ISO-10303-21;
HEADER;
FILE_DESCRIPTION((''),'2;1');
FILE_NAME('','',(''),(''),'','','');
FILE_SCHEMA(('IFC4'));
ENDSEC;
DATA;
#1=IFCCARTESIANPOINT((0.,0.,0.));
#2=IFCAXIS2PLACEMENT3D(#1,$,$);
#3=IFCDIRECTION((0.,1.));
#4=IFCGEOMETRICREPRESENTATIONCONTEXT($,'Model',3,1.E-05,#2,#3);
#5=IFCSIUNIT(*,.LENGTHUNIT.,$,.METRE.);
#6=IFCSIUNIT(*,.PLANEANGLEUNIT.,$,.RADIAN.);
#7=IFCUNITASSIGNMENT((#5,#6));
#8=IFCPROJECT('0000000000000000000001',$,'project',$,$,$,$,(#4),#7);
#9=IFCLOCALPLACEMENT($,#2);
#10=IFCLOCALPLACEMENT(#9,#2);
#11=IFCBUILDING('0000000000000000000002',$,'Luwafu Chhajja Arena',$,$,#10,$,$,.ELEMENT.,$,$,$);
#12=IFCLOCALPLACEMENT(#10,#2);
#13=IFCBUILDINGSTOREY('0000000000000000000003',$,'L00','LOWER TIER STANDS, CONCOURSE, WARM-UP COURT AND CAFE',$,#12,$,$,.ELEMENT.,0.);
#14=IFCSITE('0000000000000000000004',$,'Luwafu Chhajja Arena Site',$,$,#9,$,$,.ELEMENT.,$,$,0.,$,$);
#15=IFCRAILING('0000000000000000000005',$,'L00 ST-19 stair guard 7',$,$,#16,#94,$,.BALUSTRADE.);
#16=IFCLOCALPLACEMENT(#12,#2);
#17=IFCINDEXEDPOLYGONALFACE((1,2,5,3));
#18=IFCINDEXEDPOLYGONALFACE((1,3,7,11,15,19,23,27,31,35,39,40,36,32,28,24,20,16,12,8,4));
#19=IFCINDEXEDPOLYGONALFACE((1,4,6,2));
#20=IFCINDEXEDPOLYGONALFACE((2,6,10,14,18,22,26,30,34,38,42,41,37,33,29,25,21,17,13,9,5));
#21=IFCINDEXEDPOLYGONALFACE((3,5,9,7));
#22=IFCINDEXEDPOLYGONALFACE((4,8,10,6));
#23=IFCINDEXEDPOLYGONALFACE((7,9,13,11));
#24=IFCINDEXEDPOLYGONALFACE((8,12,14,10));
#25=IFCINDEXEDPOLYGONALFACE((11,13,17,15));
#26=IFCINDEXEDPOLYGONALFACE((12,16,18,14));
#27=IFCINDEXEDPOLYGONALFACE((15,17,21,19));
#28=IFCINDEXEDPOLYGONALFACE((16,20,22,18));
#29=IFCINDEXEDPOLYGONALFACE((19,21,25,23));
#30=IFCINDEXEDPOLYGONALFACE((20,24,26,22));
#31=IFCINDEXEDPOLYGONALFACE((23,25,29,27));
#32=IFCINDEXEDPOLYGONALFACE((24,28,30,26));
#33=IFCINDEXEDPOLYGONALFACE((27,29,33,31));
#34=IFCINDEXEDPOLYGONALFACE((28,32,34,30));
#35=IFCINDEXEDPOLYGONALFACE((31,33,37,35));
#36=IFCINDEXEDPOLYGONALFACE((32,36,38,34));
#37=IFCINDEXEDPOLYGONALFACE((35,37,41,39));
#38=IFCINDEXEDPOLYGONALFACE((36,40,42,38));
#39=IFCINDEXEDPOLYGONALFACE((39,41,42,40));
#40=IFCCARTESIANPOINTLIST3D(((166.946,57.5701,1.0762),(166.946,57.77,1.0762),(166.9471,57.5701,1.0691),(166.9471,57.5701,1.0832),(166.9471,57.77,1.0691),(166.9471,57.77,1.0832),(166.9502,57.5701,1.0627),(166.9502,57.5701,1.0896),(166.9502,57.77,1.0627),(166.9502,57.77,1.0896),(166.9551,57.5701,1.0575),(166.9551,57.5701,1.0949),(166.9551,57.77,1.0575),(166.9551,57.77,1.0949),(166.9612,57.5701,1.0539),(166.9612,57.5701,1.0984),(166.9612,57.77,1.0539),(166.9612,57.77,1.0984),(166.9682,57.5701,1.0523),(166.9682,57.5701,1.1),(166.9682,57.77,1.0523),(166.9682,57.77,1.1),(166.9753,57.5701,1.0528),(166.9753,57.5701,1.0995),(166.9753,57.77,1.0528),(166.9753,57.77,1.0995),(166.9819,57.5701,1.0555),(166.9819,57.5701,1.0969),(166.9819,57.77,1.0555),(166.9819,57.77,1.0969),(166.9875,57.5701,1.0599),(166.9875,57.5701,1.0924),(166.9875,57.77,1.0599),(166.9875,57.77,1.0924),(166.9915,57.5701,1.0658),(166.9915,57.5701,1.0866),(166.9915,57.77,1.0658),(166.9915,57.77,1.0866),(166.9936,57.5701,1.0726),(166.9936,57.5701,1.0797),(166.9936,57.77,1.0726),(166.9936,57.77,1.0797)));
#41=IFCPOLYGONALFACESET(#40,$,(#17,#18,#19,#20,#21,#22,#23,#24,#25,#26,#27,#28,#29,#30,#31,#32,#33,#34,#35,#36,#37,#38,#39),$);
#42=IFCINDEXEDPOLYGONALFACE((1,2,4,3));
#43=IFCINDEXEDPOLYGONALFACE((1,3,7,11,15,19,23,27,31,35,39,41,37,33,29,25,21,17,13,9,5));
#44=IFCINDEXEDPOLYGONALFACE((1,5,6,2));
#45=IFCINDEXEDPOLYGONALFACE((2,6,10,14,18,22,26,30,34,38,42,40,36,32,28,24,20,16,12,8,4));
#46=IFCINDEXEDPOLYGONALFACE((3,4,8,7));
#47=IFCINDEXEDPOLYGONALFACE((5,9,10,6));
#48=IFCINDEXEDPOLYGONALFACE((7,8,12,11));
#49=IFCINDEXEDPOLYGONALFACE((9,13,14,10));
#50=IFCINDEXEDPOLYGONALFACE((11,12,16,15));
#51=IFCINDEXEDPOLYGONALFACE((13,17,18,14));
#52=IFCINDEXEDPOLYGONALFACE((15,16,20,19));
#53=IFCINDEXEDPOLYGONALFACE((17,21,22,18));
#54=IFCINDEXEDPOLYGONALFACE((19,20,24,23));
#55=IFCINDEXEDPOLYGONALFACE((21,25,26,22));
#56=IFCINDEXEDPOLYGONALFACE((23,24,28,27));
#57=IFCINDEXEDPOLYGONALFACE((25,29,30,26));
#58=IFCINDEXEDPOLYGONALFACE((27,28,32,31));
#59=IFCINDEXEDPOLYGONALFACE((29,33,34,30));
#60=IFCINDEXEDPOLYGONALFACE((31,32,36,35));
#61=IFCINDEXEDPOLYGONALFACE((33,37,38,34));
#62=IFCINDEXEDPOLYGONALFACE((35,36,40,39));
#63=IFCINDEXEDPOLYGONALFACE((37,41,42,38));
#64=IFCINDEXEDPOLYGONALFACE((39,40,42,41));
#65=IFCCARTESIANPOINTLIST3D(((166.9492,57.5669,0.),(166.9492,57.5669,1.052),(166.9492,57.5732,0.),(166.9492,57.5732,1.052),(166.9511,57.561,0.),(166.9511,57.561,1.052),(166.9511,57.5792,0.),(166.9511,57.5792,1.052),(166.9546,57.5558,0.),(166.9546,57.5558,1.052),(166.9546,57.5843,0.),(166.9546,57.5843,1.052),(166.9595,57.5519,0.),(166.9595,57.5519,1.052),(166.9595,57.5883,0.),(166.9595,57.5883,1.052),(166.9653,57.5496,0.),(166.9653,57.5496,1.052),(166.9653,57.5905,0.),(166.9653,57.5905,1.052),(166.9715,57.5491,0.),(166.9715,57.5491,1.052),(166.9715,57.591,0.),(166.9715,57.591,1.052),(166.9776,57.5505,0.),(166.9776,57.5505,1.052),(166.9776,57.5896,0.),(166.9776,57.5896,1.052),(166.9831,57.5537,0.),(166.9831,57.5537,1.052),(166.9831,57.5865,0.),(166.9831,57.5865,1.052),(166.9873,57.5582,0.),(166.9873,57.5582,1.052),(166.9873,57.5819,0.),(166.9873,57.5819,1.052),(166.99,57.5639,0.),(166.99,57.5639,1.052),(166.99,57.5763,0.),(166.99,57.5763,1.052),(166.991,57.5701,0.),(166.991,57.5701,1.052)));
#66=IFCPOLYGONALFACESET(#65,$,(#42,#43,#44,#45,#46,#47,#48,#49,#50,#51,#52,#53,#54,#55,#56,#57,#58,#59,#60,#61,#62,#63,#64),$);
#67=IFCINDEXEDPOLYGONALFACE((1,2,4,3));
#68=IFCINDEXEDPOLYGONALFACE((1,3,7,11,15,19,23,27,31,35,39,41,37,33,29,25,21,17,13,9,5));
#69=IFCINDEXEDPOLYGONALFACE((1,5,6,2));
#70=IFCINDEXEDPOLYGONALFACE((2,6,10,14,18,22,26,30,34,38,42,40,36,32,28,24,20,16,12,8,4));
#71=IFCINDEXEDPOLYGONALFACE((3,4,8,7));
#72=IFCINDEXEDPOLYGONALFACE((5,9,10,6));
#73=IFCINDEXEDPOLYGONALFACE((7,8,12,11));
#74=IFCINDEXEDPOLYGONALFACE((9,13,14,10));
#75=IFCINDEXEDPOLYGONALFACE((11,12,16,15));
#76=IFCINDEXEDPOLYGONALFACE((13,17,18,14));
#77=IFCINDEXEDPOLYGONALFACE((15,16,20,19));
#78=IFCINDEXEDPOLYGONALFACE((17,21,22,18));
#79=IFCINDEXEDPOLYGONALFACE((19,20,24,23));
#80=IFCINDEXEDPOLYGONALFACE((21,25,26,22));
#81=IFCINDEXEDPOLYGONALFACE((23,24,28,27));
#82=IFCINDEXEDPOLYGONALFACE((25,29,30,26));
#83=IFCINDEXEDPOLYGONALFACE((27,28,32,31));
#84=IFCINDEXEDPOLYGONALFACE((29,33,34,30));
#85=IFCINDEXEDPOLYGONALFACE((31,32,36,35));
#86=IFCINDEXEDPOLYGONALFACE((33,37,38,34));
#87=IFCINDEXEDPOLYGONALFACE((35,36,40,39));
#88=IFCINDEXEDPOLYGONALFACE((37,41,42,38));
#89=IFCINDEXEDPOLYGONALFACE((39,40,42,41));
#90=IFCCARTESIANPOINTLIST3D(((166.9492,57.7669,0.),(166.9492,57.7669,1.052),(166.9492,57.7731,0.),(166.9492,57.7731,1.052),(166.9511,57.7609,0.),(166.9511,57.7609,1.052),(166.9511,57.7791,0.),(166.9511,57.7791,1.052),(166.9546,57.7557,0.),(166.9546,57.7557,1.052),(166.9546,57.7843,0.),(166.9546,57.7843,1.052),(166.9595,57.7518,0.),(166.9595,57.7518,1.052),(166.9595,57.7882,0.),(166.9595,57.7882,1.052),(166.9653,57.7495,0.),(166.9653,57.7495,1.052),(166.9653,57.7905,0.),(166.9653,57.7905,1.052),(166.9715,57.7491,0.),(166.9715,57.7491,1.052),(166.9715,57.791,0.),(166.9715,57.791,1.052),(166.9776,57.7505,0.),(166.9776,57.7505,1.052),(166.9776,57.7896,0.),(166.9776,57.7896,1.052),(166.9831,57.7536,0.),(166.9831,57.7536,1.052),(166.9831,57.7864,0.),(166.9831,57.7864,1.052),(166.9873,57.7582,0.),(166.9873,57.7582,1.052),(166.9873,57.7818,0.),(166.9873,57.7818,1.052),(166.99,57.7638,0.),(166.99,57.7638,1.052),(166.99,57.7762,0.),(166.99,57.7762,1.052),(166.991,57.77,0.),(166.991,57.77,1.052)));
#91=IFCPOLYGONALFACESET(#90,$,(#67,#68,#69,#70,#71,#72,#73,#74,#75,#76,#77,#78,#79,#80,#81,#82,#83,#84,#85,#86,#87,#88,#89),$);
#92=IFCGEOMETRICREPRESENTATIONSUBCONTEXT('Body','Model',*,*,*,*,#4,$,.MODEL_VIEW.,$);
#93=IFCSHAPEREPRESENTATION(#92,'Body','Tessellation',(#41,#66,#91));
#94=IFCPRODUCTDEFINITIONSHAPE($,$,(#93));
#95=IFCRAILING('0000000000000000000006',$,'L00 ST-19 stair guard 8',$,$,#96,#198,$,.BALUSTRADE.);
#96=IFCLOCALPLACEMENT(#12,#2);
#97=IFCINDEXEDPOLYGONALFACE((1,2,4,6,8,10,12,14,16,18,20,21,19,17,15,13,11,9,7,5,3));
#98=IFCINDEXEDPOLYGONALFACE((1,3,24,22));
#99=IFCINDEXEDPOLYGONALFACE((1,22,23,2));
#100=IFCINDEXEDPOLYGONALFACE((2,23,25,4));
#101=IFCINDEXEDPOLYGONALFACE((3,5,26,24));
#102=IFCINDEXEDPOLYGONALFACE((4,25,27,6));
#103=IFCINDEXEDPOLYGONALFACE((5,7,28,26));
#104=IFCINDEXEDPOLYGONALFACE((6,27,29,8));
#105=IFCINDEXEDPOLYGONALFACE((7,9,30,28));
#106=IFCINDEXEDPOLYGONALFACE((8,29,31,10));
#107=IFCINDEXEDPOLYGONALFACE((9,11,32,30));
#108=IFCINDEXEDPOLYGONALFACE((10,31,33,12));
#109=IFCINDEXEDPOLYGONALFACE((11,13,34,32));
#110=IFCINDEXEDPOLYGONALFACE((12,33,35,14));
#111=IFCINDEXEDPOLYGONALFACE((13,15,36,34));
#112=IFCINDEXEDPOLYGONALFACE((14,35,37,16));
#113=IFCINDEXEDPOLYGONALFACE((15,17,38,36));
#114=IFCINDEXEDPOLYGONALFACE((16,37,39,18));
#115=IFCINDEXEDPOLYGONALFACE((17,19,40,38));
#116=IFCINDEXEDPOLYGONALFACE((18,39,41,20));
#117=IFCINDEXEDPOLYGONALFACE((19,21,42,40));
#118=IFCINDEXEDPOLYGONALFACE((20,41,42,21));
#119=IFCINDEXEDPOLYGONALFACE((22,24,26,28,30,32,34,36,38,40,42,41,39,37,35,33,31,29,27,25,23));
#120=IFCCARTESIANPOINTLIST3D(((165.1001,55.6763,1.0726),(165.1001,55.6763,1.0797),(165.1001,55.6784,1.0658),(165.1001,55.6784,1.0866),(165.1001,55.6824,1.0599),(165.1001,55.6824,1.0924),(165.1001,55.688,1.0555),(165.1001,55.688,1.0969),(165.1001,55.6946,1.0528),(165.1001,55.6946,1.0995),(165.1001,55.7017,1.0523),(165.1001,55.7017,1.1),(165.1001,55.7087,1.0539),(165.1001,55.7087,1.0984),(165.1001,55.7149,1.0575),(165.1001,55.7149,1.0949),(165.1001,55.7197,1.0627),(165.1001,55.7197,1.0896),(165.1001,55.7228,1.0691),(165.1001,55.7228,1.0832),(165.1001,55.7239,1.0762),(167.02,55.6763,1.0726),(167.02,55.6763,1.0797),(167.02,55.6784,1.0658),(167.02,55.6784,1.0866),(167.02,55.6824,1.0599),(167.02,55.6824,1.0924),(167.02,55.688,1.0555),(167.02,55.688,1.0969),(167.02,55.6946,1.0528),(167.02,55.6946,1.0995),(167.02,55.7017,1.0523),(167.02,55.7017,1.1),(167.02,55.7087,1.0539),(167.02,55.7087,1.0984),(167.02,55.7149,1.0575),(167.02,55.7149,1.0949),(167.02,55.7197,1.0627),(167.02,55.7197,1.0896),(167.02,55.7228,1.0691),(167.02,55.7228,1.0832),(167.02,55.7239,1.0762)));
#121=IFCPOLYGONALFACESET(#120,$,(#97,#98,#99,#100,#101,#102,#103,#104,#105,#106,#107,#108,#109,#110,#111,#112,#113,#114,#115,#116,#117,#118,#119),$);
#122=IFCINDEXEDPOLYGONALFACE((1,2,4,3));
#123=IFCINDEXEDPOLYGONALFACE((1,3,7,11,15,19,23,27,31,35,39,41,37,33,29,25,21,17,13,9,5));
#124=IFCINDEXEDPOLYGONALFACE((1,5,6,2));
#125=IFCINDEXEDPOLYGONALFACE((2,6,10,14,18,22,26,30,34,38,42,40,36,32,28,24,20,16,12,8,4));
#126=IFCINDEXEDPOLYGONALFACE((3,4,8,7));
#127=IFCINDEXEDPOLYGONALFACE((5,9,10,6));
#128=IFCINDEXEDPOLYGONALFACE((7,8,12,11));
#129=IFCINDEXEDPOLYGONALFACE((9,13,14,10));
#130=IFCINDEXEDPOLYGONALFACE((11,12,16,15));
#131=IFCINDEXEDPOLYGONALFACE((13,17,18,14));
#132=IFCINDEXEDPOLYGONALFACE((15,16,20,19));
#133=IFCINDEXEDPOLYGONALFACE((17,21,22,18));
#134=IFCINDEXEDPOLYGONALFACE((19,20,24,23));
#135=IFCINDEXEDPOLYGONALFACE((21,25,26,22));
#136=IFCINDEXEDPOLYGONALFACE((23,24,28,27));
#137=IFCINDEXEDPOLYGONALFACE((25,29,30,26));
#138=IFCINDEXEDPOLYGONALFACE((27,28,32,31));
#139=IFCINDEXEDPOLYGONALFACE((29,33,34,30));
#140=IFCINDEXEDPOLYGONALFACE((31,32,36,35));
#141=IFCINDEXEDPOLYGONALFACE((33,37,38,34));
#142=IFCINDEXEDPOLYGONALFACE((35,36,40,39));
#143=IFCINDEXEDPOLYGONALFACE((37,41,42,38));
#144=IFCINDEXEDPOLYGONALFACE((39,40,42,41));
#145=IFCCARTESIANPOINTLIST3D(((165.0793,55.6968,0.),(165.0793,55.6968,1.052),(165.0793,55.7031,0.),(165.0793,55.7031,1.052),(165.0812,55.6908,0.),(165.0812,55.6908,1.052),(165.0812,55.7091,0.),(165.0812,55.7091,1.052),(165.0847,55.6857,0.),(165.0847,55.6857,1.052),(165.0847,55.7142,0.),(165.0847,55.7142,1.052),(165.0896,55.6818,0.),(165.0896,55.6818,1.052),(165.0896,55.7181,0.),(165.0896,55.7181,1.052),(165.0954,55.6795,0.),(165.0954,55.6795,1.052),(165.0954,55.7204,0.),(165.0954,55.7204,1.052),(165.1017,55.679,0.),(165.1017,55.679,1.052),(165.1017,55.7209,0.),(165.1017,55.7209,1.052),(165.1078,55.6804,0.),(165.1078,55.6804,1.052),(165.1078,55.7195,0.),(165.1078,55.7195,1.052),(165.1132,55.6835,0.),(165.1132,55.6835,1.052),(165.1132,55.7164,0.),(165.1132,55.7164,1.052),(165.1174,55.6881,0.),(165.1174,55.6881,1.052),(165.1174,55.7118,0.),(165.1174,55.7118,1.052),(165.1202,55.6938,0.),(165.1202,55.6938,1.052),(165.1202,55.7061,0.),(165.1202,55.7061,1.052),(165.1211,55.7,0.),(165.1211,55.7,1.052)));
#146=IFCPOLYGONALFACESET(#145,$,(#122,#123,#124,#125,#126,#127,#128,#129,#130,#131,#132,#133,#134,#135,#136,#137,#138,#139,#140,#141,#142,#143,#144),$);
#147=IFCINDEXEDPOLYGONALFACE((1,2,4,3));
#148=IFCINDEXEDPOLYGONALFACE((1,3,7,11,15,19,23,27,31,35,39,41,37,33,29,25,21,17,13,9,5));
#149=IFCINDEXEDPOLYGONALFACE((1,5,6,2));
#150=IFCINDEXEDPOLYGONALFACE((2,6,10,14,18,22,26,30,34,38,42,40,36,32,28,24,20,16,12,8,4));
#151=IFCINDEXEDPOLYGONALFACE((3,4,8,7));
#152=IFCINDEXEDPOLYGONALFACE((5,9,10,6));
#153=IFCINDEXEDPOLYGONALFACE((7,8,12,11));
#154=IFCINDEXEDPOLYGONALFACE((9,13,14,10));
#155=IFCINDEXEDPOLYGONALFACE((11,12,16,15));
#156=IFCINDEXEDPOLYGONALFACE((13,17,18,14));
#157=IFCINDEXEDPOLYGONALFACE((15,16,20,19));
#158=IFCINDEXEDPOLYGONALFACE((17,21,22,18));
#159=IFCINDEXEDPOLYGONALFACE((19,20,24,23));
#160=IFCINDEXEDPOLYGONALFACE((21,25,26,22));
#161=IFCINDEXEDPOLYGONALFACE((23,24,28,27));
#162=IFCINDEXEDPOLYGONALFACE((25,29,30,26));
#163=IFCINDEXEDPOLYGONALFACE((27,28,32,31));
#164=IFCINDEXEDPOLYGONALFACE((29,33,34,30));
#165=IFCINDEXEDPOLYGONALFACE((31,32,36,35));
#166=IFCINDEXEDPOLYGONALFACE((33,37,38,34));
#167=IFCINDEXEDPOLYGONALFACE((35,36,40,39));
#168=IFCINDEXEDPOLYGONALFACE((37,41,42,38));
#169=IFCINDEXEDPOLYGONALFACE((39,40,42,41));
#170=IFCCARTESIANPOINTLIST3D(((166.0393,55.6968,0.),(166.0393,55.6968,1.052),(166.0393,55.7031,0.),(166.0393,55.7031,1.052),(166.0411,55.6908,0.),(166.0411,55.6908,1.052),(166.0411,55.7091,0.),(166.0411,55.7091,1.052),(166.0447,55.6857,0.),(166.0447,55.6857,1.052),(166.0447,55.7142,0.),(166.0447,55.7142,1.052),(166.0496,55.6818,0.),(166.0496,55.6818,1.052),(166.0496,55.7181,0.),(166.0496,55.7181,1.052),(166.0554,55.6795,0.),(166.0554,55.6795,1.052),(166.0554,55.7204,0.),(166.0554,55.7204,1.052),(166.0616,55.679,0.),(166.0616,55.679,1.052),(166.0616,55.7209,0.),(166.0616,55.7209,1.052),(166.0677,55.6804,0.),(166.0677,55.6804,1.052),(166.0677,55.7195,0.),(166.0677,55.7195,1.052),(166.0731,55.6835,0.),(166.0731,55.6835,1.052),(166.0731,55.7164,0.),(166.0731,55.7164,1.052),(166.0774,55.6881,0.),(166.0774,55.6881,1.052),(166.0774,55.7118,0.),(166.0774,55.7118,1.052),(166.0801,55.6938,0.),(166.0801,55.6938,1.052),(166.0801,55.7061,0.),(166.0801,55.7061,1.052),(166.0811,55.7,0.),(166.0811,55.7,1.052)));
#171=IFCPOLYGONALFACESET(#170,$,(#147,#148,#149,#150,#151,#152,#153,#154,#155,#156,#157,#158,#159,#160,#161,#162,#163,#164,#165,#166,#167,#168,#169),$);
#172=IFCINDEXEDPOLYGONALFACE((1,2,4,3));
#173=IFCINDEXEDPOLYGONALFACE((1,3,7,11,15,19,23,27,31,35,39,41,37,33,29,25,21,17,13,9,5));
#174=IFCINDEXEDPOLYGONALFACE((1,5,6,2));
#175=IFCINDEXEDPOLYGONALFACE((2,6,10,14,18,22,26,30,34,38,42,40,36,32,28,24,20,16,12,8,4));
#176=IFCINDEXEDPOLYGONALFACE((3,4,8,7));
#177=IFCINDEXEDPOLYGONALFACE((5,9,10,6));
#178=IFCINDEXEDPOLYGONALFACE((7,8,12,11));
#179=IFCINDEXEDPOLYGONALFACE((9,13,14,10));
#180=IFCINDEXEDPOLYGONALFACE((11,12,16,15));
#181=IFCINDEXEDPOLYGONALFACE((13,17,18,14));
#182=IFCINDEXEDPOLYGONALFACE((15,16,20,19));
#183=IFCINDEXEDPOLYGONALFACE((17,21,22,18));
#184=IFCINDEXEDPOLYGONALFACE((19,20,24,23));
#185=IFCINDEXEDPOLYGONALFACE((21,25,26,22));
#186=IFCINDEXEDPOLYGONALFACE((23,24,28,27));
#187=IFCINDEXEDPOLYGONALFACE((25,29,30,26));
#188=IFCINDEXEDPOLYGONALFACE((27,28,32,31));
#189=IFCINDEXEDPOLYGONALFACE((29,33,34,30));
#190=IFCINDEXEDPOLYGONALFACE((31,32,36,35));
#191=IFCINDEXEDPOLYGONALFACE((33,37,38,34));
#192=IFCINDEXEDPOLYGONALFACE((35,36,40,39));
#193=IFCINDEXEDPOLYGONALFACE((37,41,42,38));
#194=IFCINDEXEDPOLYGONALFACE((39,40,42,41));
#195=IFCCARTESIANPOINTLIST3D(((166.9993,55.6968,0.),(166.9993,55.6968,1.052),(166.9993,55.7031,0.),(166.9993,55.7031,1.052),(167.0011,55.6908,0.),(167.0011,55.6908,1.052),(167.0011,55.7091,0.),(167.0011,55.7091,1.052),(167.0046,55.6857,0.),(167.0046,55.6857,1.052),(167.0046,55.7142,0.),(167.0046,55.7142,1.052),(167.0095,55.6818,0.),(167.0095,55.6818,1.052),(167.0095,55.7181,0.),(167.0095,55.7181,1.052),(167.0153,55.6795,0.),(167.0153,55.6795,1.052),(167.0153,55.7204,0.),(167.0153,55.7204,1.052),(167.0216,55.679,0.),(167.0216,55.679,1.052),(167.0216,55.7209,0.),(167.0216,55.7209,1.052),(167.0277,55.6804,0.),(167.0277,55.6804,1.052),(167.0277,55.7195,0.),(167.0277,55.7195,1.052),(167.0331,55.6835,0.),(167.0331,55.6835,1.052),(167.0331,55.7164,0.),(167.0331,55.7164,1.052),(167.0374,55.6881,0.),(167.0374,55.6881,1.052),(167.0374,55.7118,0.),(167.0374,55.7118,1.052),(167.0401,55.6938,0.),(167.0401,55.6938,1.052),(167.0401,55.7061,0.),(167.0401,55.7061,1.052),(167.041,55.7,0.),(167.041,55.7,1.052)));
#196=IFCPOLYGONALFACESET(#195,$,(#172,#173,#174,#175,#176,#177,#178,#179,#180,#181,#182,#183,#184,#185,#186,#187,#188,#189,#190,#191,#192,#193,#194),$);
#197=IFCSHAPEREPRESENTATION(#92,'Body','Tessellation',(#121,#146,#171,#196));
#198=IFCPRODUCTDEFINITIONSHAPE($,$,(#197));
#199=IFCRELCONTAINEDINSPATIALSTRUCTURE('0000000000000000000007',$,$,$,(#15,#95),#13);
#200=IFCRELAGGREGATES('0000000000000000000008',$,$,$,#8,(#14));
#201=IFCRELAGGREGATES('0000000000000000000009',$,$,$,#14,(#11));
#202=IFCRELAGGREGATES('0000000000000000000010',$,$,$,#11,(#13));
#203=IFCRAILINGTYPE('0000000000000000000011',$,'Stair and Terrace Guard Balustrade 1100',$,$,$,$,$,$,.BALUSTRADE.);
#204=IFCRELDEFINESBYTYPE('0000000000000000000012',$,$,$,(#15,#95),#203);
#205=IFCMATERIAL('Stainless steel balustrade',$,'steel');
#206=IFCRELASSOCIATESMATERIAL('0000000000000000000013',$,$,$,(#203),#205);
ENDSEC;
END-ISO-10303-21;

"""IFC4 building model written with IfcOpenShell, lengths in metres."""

from ifc_helpers import new_model, si_unit, direction, frame, origin, origin_2d, place, context, subcontext, project, spatial, circle, extrude, material, type_object, element, save


model = new_model("IFC4")

# Units and contexts
model_context = context("Model", 3, precision=1e-05, world=origin(), true_north=direction((0.0, 1.0)))
body_context = subcontext(model_context, "Body", "Model", "MODEL_VIEW")
ifc_project = project(units=[si_unit("LENGTHUNIT", "METRE"), si_unit("PLANEANGLEUNIT", "RADIAN")], contexts=[model_context])

# Site, building, storey
site_placement = place(None, origin())
site = spatial("IfcSite", under=ifc_project, at=site_placement, Name="Luwafu Chhajja Arena Site", CompositionType="ELEMENT", RefElevation=0.0)
building_placement = place(site_placement, origin())
building = spatial("IfcBuilding", under=site, at=building_placement, Name="Luwafu Chhajja Arena", CompositionType="ELEMENT")
storey_placement = place(building_placement, origin())
storey = spatial("IfcBuildingStorey", under=building, at=storey_placement, Name="L00", Description="LOWER TIER STANDS, CONCOURSE, WARM-UP COURT AND CAFE", CompositionType="ELEMENT", Elevation=0.0)

# Railings
ifc_material_1 = material(Name="Stainless steel balustrade", Category="steel")
railing_type_1 = type_object("IfcRailingType", Name="Stair and Terrace Guard Balustrade 1100", PredefinedType="BALUSTRADE", material=ifc_material_1)
railing_1_placement = place(storey_placement, frame((166.97, 57.5701, 0.0)))
element("IfcRailing", 1, at=railing_1_placement, inside=storey, type_object=railing_type_1, Name="L00 ST-19 stair guard 7", PredefinedType="BALUSTRADE", context=body_context, shape_type="SweptSolid", body=[
    extrude(circle(Radius=0.0239, at=origin_2d()), frame((0.0, 0.0, 1.0762), z_axis=(0.0, 1.0, 0.0), x_axis=(-1.0, 0.0, 0.0)), (0.0, 0.0, 1.0), 0.2),
    extrude(circle(Radius=0.021, at=origin_2d()), origin(), (0.0, 0.0, 1.0), 1.052),
    extrude(circle(Radius=0.021, at=origin_2d()), frame((0.0, 0.2, 0.0)), (0.0, 0.0, 1.0), 1.052),
])
for number, where, name in (
    (2, (165.1001, 55.7, 0.0), "L00 ST-19 stair guard 8"),
):
    element("IfcRailing", number, at=place(storey_placement, frame(where)), inside=storey, type_object=railing_type_1, Name=name, PredefinedType="BALUSTRADE", context=body_context, shape_type="SweptSolid", body=[
        extrude(circle(Radius=0.0239, at=origin_2d()), frame((0.0, 0.0, 1.0762), z_axis=(1.0, 0.0, 0.0), x_axis=(0.0, 1.0, 0.0)), (0.0, 0.0, 1.0), 1.9199),
        extrude(circle(Radius=0.021, at=origin_2d()), origin(), (0.0, 0.0, 1.0), 1.052),
        extrude(circle(Radius=0.021, at=origin_2d()), frame((0.96, 0.0, 0.0)), (0.0, 0.0, 1.0), 1.052),
        extrude(circle(Radius=0.021, at=origin_2d()), frame((1.9199, 0.0, 0.0)), (0.0, 0.0, 1.0), 1.052),
    ])

save(model, "model.ifc")
